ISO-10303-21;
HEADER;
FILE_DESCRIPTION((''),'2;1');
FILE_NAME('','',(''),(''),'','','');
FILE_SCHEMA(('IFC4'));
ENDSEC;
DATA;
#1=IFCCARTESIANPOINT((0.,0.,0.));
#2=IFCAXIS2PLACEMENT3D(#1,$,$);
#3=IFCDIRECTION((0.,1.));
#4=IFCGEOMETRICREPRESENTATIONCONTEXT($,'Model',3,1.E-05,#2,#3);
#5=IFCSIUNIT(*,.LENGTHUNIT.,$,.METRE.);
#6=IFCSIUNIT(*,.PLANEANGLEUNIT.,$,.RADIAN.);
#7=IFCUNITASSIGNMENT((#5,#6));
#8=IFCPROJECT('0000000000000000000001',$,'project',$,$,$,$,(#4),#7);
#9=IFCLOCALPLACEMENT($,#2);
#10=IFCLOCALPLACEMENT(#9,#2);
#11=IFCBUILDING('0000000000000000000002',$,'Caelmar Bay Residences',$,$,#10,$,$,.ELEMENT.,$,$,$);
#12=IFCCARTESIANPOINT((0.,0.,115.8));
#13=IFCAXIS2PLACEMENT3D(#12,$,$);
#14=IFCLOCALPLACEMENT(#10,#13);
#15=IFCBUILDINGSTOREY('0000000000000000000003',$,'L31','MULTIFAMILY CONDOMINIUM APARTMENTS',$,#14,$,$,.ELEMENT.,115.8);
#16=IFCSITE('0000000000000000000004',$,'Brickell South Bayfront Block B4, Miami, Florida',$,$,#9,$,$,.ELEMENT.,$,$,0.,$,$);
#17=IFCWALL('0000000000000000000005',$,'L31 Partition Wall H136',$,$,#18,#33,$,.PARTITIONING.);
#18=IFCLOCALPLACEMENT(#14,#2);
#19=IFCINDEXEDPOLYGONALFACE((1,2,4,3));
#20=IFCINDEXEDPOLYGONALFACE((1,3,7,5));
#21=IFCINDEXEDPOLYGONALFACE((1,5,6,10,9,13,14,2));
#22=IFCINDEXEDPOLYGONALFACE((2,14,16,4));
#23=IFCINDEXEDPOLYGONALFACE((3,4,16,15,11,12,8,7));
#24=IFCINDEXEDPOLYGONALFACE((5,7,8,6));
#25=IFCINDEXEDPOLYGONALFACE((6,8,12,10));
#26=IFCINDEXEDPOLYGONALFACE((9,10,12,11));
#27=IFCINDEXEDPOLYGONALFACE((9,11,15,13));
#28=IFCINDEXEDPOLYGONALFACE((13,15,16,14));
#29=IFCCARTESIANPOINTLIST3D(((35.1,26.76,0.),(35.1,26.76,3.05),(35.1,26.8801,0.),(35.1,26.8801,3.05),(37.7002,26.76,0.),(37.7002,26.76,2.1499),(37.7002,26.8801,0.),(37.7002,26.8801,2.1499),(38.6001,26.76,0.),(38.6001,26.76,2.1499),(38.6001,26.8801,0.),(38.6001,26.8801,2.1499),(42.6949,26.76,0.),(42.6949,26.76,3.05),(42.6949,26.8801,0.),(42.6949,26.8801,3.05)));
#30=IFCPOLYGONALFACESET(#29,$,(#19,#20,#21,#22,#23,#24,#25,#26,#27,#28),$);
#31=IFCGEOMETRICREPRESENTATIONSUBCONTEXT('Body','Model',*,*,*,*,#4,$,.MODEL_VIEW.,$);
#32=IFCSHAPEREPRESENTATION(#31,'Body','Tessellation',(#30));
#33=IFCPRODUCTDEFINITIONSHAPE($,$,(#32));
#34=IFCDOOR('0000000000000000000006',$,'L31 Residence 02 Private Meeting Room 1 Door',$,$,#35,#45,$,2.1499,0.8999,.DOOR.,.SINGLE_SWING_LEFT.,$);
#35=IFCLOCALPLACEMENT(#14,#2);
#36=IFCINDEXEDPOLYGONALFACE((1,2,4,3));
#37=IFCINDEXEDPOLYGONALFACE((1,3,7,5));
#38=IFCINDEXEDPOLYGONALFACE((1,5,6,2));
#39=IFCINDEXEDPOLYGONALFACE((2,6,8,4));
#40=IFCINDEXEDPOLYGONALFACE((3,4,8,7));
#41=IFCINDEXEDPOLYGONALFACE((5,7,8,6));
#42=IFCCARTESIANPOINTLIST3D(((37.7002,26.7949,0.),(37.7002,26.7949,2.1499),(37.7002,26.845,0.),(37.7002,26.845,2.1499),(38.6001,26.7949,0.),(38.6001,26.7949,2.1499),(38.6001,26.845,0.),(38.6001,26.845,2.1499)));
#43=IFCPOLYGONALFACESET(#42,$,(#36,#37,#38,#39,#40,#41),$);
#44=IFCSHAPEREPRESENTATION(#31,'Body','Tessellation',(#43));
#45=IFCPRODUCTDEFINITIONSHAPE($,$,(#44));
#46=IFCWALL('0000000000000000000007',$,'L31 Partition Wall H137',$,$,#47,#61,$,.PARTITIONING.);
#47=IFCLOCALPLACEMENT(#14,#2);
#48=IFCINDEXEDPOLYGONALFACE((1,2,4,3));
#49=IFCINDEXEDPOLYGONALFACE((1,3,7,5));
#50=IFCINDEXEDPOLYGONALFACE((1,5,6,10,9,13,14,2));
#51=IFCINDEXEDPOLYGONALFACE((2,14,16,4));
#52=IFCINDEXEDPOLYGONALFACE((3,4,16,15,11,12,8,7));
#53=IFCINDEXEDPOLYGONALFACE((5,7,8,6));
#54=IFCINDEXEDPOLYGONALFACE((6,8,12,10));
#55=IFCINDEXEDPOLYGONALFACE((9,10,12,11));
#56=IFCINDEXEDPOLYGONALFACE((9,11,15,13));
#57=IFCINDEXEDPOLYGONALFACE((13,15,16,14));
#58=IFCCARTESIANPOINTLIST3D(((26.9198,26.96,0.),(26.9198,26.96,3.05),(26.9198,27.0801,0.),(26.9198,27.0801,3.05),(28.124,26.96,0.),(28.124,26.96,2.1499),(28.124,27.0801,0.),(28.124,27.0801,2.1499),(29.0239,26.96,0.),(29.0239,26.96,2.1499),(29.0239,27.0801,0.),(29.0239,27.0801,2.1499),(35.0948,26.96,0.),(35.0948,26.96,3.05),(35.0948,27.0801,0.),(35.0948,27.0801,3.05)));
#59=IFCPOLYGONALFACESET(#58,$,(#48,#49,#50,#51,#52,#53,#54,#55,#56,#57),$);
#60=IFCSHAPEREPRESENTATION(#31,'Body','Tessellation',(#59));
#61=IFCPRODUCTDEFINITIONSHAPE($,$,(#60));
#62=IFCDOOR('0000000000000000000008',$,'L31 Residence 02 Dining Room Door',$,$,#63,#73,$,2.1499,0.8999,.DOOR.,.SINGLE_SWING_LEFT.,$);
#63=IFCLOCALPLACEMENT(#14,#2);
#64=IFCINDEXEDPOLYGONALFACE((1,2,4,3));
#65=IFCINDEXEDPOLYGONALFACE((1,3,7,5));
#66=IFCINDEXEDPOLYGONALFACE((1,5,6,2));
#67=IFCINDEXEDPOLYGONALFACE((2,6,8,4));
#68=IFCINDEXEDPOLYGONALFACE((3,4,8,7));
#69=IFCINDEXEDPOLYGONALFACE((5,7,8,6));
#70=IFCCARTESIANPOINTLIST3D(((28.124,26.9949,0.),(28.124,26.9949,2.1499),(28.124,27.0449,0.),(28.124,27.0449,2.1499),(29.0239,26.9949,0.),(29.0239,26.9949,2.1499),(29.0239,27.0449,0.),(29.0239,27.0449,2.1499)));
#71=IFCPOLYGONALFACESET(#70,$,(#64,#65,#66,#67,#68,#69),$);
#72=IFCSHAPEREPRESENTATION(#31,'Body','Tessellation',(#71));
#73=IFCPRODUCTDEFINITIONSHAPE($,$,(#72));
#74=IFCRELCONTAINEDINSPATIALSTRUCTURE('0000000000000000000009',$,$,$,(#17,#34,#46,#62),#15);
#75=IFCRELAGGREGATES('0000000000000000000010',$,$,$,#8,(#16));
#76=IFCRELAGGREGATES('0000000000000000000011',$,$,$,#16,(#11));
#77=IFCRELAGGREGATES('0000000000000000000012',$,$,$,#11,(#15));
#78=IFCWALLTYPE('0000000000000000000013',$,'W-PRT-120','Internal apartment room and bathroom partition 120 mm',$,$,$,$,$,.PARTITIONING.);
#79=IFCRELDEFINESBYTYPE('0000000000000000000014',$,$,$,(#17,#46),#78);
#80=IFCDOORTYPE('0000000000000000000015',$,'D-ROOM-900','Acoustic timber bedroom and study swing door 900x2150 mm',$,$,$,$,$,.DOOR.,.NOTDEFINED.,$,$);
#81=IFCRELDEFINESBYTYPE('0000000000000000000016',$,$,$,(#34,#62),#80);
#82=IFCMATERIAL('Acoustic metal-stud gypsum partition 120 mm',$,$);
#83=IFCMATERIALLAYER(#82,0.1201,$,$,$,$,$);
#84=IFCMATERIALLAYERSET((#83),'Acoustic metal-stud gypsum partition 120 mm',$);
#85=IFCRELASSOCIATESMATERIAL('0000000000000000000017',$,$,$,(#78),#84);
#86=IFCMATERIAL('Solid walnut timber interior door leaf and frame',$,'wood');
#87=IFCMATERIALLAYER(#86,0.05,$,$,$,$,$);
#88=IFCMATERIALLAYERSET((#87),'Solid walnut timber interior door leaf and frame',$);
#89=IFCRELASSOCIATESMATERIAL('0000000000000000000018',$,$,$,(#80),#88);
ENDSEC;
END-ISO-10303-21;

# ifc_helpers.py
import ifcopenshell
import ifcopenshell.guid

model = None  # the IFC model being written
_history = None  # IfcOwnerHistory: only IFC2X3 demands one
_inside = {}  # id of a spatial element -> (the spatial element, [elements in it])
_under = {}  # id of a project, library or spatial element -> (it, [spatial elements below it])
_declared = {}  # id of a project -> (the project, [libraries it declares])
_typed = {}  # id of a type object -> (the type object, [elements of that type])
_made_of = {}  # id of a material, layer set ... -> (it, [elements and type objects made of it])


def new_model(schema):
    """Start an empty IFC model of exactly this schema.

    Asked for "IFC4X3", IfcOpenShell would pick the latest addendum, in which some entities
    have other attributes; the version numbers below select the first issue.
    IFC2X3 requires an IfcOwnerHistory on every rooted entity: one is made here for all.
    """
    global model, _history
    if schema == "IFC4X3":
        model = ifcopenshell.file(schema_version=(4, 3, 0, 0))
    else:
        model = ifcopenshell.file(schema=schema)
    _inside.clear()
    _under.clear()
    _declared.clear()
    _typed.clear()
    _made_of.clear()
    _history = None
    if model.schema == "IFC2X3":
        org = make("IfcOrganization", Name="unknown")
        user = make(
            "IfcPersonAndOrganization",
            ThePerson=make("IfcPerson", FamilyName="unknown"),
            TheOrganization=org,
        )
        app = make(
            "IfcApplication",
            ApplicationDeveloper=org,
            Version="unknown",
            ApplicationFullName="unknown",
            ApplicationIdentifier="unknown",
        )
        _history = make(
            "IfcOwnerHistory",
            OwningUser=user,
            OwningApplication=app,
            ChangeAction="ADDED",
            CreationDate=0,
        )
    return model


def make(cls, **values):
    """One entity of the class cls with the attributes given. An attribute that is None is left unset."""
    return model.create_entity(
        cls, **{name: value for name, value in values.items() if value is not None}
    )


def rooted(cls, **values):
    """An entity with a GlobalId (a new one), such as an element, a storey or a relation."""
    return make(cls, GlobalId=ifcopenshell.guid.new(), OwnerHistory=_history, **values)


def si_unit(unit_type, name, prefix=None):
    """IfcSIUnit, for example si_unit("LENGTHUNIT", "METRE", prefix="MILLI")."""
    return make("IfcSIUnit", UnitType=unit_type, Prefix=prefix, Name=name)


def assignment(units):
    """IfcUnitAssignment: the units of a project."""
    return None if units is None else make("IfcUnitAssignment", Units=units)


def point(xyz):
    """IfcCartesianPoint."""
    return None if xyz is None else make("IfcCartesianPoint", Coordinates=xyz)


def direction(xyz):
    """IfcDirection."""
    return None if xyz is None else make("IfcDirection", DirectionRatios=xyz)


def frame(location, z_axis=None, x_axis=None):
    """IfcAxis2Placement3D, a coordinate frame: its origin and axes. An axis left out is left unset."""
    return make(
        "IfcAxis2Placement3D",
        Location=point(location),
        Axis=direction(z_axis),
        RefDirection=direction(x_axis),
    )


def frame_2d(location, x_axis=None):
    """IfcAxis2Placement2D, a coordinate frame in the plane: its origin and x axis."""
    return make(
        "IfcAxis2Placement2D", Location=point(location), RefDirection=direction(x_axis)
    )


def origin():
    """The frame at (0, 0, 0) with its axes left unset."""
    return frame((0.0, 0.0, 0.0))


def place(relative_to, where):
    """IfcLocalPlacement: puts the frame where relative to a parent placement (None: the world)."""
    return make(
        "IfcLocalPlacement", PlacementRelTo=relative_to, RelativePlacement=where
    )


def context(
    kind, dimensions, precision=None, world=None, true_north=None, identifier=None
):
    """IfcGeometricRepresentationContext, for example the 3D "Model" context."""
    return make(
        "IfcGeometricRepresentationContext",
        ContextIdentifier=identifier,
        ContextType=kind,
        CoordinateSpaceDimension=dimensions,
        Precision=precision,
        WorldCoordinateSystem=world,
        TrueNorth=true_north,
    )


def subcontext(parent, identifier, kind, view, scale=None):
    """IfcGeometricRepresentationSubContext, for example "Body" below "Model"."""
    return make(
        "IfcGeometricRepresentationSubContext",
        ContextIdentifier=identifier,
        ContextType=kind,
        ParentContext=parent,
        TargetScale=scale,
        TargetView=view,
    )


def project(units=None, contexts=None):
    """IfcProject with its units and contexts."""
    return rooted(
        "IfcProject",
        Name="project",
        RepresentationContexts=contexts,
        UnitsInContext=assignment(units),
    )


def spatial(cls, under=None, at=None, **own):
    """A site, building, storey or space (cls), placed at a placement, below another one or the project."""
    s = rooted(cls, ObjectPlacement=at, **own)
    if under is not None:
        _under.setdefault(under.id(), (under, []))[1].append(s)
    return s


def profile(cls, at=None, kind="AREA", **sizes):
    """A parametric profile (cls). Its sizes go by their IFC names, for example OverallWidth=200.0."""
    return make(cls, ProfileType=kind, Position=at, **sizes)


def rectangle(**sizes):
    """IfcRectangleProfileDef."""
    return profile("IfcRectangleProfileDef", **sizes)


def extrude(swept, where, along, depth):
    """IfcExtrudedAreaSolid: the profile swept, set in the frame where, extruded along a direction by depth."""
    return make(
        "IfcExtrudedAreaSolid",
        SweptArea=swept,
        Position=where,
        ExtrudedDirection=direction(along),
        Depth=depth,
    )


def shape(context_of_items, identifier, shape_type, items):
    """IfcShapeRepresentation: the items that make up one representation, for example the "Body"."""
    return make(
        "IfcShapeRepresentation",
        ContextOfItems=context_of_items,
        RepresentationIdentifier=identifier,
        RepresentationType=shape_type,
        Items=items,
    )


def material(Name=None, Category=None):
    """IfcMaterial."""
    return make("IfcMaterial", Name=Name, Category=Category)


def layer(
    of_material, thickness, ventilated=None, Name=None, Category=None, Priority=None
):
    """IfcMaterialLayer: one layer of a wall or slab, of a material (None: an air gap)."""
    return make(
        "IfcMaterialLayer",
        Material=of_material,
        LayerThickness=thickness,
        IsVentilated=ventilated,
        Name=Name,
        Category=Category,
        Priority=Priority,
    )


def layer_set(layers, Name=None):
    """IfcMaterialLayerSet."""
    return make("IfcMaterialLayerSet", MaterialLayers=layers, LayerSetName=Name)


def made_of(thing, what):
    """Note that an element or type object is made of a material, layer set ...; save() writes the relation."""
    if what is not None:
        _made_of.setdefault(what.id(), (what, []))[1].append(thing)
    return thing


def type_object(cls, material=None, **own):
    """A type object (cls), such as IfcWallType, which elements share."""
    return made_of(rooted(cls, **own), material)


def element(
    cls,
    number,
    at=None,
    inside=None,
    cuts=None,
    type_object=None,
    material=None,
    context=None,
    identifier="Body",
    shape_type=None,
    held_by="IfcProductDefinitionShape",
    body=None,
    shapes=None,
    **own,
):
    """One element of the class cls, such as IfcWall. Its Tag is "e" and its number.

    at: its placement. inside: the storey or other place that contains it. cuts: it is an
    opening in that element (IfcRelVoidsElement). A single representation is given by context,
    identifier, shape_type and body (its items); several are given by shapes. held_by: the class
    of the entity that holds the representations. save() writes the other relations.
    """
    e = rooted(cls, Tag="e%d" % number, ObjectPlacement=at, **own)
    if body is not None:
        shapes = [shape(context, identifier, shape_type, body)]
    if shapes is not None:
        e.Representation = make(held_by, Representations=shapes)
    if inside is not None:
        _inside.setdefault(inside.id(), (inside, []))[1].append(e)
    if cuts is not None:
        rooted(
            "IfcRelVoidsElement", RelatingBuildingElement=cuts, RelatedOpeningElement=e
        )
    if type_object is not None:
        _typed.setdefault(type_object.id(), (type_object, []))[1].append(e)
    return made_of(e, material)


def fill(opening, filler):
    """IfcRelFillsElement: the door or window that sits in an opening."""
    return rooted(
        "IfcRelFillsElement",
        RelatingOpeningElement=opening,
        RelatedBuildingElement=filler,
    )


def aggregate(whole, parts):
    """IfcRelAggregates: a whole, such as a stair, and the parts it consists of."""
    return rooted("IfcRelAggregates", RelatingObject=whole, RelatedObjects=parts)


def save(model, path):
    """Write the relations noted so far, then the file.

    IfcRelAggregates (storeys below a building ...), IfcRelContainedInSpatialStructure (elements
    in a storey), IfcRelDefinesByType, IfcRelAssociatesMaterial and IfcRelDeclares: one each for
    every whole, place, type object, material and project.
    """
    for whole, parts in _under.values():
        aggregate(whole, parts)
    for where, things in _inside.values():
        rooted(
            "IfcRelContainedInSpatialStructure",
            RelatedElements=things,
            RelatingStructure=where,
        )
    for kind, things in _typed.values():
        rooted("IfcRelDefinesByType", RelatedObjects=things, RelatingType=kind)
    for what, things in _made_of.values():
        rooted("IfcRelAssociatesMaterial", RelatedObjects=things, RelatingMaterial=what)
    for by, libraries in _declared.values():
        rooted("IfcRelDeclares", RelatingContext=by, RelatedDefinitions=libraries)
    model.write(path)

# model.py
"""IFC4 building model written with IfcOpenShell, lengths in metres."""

from ifc_helpers import new_model, si_unit, direction, frame, frame_2d, origin, place, context, subcontext, project, spatial, rectangle, extrude, material, layer, layer_set, type_object, element, fill, save


model = new_model("IFC4")

# Units and contexts
model_context = context("Model", 3, precision=1e-05, world=origin(), true_north=direction((0.0, 1.0)))
body_context = subcontext(model_context, "Body", "Model", "MODEL_VIEW")
ifc_project = project(units=[si_unit("LENGTHUNIT", "METRE"), si_unit("PLANEANGLEUNIT", "RADIAN")], contexts=[model_context])

# Site, building, storey
site_placement = place(None, origin())
site = spatial("IfcSite", under=ifc_project, at=site_placement, Name="Brickell South Bayfront Block B4, Miami, Florida", CompositionType="ELEMENT", RefElevation=0.0)
building_placement = place(site_placement, origin())
building = spatial("IfcBuilding", under=site, at=building_placement, Name="Caelmar Bay Residences", CompositionType="ELEMENT")
storey_placement = place(building_placement, frame((0.0, 0.0, 115.8)))
storey = spatial("IfcBuildingStorey", under=building, at=storey_placement, Name="L31", Description="MULTIFAMILY CONDOMINIUM APARTMENTS", CompositionType="ELEMENT", Elevation=115.8)

# Shared definitions
ifc_material_1 = material(Name="Acoustic metal-stud gypsum partition 120 mm")
ifc_layer_1 = layer(ifc_material_1, 0.1201)
ifc_layer_set_1 = layer_set([ifc_layer_1], Name="Acoustic metal-stud gypsum partition 120 mm")
wall_type = type_object("IfcWallType", Name="W-PRT-120", Description="Internal apartment room and bathroom partition 120 mm", PredefinedType="PARTITIONING", material=ifc_layer_set_1)
ifc_material_2 = material(Name="Solid walnut timber interior door leaf and frame", Category="wood")
ifc_layer_2 = layer(ifc_material_2, 0.05)
ifc_layer_set_2 = layer_set([ifc_layer_2], Name="Solid walnut timber interior door leaf and frame")
door_type_1 = type_object("IfcDoorType", Name="D-ROOM-900", Description="Acoustic timber bedroom and study swing door 900x2150 mm", OperationType="NOTDEFINED", PredefinedType="DOOR", material=ifc_layer_set_2)

# Walls, openings, doors
wall_1_placement = place(storey_placement, frame((35.1001, 26.8201, 0.0), z_axis=(0.0, 0.0, 1.0), x_axis=(1.0, 0.0, 0.0)))
wall_1 = element("IfcWall", 1, at=wall_1_placement, inside=storey, type_object=wall_type, Name="L31 Partition Wall H136", PredefinedType="PARTITIONING", context=body_context, shape_type="SweptSolid", body=[
    extrude(rectangle(XDim=7.595, YDim=0.1201, at=frame_2d((3.7974, 0.0))), origin(), (0.0, 0.0, 1.0), 3.05),
])
opening_1_placement = place(wall_1_placement, frame((2.6001, 0.0, 0.0)))
opening_1 = element("IfcOpeningElement", 2, at=opening_1_placement, cuts=wall_1, PredefinedType="OPENING", context=body_context, shape_type="SweptSolid", body=[
    extrude(rectangle(XDim=0.8999, YDim=2.1499, at=frame_2d((0.45, 1.075))), frame((0.0, 0.0701, 0.0), z_axis=(0.0, -1.0, 0.0), x_axis=(1.0, 0.0, 0.0)), (0.0, 0.0, 1.0), 0.1401),
])
door_1_placement = place(opening_1_placement, origin())
door_1 = element("IfcDoor", 3, at=door_1_placement, inside=storey, type_object=door_type_1, Name="L31 Residence 02 Private Meeting Room 1 Door", OperationType="SINGLE_SWING_LEFT", OverallHeight=2.1499, OverallWidth=0.8999, PredefinedType="DOOR", context=body_context, shape_type="SweptSolid", body=[
    extrude(rectangle(XDim=0.8999, YDim=2.1499, at=frame_2d((0.45, 1.075))), frame((0.0, 0.0249, 0.0), z_axis=(0.0, -1.0, 0.0), x_axis=(1.0, 0.0, 0.0)), (0.0, 0.0, 1.0), 0.05),
])
fill(opening_1, door_1)
wall_2_placement = place(storey_placement, frame((26.9199, 27.02, 0.0), z_axis=(0.0, 0.0, 1.0), x_axis=(1.0, 0.0, 0.0)))
wall_2 = element("IfcWall", 4, at=wall_2_placement, inside=storey, type_object=wall_type, Name="L31 Partition Wall H137", PredefinedType="PARTITIONING", context=body_context, shape_type="SweptSolid", body=[
    extrude(rectangle(XDim=8.175, YDim=0.1201, at=frame_2d((4.0874, 0.0))), origin(), (0.0, 0.0, 1.0), 3.05),
])
opening_2_placement = place(wall_2_placement, frame((1.2041, 0.0, 0.0)))
opening_2 = element("IfcOpeningElement", 5, at=opening_2_placement, cuts=wall_2, PredefinedType="OPENING", context=body_context, shape_type="SweptSolid", body=[
    extrude(rectangle(XDim=0.8999, YDim=2.1499, at=frame_2d((0.45, 1.075))), frame((0.0, 0.0701, 0.0), z_axis=(0.0, -1.0, 0.0), x_axis=(1.0, 0.0, 0.0)), (0.0, 0.0, 1.0), 0.1401),
])
door_2_placement = place(opening_2_placement, origin())
door_2 = element("IfcDoor", 6, at=door_2_placement, inside=storey, type_object=door_type_1, Name="L31 Residence 02 Dining Room Door", OperationType="SINGLE_SWING_LEFT", OverallHeight=2.1499, OverallWidth=0.8999, PredefinedType="DOOR", context=body_context, shape_type="SweptSolid", body=[
    extrude(rectangle(XDim=0.8999, YDim=2.1499, at=frame_2d((0.45, 1.075))), frame((0.0, 0.0249, 0.0), z_axis=(0.0, -1.0, 0.0), x_axis=(1.0, 0.0, 0.0)), (0.0, 0.0, 1.0), 0.05),
])
fill(opening_2, door_2)

save(model, "model.ifc")
